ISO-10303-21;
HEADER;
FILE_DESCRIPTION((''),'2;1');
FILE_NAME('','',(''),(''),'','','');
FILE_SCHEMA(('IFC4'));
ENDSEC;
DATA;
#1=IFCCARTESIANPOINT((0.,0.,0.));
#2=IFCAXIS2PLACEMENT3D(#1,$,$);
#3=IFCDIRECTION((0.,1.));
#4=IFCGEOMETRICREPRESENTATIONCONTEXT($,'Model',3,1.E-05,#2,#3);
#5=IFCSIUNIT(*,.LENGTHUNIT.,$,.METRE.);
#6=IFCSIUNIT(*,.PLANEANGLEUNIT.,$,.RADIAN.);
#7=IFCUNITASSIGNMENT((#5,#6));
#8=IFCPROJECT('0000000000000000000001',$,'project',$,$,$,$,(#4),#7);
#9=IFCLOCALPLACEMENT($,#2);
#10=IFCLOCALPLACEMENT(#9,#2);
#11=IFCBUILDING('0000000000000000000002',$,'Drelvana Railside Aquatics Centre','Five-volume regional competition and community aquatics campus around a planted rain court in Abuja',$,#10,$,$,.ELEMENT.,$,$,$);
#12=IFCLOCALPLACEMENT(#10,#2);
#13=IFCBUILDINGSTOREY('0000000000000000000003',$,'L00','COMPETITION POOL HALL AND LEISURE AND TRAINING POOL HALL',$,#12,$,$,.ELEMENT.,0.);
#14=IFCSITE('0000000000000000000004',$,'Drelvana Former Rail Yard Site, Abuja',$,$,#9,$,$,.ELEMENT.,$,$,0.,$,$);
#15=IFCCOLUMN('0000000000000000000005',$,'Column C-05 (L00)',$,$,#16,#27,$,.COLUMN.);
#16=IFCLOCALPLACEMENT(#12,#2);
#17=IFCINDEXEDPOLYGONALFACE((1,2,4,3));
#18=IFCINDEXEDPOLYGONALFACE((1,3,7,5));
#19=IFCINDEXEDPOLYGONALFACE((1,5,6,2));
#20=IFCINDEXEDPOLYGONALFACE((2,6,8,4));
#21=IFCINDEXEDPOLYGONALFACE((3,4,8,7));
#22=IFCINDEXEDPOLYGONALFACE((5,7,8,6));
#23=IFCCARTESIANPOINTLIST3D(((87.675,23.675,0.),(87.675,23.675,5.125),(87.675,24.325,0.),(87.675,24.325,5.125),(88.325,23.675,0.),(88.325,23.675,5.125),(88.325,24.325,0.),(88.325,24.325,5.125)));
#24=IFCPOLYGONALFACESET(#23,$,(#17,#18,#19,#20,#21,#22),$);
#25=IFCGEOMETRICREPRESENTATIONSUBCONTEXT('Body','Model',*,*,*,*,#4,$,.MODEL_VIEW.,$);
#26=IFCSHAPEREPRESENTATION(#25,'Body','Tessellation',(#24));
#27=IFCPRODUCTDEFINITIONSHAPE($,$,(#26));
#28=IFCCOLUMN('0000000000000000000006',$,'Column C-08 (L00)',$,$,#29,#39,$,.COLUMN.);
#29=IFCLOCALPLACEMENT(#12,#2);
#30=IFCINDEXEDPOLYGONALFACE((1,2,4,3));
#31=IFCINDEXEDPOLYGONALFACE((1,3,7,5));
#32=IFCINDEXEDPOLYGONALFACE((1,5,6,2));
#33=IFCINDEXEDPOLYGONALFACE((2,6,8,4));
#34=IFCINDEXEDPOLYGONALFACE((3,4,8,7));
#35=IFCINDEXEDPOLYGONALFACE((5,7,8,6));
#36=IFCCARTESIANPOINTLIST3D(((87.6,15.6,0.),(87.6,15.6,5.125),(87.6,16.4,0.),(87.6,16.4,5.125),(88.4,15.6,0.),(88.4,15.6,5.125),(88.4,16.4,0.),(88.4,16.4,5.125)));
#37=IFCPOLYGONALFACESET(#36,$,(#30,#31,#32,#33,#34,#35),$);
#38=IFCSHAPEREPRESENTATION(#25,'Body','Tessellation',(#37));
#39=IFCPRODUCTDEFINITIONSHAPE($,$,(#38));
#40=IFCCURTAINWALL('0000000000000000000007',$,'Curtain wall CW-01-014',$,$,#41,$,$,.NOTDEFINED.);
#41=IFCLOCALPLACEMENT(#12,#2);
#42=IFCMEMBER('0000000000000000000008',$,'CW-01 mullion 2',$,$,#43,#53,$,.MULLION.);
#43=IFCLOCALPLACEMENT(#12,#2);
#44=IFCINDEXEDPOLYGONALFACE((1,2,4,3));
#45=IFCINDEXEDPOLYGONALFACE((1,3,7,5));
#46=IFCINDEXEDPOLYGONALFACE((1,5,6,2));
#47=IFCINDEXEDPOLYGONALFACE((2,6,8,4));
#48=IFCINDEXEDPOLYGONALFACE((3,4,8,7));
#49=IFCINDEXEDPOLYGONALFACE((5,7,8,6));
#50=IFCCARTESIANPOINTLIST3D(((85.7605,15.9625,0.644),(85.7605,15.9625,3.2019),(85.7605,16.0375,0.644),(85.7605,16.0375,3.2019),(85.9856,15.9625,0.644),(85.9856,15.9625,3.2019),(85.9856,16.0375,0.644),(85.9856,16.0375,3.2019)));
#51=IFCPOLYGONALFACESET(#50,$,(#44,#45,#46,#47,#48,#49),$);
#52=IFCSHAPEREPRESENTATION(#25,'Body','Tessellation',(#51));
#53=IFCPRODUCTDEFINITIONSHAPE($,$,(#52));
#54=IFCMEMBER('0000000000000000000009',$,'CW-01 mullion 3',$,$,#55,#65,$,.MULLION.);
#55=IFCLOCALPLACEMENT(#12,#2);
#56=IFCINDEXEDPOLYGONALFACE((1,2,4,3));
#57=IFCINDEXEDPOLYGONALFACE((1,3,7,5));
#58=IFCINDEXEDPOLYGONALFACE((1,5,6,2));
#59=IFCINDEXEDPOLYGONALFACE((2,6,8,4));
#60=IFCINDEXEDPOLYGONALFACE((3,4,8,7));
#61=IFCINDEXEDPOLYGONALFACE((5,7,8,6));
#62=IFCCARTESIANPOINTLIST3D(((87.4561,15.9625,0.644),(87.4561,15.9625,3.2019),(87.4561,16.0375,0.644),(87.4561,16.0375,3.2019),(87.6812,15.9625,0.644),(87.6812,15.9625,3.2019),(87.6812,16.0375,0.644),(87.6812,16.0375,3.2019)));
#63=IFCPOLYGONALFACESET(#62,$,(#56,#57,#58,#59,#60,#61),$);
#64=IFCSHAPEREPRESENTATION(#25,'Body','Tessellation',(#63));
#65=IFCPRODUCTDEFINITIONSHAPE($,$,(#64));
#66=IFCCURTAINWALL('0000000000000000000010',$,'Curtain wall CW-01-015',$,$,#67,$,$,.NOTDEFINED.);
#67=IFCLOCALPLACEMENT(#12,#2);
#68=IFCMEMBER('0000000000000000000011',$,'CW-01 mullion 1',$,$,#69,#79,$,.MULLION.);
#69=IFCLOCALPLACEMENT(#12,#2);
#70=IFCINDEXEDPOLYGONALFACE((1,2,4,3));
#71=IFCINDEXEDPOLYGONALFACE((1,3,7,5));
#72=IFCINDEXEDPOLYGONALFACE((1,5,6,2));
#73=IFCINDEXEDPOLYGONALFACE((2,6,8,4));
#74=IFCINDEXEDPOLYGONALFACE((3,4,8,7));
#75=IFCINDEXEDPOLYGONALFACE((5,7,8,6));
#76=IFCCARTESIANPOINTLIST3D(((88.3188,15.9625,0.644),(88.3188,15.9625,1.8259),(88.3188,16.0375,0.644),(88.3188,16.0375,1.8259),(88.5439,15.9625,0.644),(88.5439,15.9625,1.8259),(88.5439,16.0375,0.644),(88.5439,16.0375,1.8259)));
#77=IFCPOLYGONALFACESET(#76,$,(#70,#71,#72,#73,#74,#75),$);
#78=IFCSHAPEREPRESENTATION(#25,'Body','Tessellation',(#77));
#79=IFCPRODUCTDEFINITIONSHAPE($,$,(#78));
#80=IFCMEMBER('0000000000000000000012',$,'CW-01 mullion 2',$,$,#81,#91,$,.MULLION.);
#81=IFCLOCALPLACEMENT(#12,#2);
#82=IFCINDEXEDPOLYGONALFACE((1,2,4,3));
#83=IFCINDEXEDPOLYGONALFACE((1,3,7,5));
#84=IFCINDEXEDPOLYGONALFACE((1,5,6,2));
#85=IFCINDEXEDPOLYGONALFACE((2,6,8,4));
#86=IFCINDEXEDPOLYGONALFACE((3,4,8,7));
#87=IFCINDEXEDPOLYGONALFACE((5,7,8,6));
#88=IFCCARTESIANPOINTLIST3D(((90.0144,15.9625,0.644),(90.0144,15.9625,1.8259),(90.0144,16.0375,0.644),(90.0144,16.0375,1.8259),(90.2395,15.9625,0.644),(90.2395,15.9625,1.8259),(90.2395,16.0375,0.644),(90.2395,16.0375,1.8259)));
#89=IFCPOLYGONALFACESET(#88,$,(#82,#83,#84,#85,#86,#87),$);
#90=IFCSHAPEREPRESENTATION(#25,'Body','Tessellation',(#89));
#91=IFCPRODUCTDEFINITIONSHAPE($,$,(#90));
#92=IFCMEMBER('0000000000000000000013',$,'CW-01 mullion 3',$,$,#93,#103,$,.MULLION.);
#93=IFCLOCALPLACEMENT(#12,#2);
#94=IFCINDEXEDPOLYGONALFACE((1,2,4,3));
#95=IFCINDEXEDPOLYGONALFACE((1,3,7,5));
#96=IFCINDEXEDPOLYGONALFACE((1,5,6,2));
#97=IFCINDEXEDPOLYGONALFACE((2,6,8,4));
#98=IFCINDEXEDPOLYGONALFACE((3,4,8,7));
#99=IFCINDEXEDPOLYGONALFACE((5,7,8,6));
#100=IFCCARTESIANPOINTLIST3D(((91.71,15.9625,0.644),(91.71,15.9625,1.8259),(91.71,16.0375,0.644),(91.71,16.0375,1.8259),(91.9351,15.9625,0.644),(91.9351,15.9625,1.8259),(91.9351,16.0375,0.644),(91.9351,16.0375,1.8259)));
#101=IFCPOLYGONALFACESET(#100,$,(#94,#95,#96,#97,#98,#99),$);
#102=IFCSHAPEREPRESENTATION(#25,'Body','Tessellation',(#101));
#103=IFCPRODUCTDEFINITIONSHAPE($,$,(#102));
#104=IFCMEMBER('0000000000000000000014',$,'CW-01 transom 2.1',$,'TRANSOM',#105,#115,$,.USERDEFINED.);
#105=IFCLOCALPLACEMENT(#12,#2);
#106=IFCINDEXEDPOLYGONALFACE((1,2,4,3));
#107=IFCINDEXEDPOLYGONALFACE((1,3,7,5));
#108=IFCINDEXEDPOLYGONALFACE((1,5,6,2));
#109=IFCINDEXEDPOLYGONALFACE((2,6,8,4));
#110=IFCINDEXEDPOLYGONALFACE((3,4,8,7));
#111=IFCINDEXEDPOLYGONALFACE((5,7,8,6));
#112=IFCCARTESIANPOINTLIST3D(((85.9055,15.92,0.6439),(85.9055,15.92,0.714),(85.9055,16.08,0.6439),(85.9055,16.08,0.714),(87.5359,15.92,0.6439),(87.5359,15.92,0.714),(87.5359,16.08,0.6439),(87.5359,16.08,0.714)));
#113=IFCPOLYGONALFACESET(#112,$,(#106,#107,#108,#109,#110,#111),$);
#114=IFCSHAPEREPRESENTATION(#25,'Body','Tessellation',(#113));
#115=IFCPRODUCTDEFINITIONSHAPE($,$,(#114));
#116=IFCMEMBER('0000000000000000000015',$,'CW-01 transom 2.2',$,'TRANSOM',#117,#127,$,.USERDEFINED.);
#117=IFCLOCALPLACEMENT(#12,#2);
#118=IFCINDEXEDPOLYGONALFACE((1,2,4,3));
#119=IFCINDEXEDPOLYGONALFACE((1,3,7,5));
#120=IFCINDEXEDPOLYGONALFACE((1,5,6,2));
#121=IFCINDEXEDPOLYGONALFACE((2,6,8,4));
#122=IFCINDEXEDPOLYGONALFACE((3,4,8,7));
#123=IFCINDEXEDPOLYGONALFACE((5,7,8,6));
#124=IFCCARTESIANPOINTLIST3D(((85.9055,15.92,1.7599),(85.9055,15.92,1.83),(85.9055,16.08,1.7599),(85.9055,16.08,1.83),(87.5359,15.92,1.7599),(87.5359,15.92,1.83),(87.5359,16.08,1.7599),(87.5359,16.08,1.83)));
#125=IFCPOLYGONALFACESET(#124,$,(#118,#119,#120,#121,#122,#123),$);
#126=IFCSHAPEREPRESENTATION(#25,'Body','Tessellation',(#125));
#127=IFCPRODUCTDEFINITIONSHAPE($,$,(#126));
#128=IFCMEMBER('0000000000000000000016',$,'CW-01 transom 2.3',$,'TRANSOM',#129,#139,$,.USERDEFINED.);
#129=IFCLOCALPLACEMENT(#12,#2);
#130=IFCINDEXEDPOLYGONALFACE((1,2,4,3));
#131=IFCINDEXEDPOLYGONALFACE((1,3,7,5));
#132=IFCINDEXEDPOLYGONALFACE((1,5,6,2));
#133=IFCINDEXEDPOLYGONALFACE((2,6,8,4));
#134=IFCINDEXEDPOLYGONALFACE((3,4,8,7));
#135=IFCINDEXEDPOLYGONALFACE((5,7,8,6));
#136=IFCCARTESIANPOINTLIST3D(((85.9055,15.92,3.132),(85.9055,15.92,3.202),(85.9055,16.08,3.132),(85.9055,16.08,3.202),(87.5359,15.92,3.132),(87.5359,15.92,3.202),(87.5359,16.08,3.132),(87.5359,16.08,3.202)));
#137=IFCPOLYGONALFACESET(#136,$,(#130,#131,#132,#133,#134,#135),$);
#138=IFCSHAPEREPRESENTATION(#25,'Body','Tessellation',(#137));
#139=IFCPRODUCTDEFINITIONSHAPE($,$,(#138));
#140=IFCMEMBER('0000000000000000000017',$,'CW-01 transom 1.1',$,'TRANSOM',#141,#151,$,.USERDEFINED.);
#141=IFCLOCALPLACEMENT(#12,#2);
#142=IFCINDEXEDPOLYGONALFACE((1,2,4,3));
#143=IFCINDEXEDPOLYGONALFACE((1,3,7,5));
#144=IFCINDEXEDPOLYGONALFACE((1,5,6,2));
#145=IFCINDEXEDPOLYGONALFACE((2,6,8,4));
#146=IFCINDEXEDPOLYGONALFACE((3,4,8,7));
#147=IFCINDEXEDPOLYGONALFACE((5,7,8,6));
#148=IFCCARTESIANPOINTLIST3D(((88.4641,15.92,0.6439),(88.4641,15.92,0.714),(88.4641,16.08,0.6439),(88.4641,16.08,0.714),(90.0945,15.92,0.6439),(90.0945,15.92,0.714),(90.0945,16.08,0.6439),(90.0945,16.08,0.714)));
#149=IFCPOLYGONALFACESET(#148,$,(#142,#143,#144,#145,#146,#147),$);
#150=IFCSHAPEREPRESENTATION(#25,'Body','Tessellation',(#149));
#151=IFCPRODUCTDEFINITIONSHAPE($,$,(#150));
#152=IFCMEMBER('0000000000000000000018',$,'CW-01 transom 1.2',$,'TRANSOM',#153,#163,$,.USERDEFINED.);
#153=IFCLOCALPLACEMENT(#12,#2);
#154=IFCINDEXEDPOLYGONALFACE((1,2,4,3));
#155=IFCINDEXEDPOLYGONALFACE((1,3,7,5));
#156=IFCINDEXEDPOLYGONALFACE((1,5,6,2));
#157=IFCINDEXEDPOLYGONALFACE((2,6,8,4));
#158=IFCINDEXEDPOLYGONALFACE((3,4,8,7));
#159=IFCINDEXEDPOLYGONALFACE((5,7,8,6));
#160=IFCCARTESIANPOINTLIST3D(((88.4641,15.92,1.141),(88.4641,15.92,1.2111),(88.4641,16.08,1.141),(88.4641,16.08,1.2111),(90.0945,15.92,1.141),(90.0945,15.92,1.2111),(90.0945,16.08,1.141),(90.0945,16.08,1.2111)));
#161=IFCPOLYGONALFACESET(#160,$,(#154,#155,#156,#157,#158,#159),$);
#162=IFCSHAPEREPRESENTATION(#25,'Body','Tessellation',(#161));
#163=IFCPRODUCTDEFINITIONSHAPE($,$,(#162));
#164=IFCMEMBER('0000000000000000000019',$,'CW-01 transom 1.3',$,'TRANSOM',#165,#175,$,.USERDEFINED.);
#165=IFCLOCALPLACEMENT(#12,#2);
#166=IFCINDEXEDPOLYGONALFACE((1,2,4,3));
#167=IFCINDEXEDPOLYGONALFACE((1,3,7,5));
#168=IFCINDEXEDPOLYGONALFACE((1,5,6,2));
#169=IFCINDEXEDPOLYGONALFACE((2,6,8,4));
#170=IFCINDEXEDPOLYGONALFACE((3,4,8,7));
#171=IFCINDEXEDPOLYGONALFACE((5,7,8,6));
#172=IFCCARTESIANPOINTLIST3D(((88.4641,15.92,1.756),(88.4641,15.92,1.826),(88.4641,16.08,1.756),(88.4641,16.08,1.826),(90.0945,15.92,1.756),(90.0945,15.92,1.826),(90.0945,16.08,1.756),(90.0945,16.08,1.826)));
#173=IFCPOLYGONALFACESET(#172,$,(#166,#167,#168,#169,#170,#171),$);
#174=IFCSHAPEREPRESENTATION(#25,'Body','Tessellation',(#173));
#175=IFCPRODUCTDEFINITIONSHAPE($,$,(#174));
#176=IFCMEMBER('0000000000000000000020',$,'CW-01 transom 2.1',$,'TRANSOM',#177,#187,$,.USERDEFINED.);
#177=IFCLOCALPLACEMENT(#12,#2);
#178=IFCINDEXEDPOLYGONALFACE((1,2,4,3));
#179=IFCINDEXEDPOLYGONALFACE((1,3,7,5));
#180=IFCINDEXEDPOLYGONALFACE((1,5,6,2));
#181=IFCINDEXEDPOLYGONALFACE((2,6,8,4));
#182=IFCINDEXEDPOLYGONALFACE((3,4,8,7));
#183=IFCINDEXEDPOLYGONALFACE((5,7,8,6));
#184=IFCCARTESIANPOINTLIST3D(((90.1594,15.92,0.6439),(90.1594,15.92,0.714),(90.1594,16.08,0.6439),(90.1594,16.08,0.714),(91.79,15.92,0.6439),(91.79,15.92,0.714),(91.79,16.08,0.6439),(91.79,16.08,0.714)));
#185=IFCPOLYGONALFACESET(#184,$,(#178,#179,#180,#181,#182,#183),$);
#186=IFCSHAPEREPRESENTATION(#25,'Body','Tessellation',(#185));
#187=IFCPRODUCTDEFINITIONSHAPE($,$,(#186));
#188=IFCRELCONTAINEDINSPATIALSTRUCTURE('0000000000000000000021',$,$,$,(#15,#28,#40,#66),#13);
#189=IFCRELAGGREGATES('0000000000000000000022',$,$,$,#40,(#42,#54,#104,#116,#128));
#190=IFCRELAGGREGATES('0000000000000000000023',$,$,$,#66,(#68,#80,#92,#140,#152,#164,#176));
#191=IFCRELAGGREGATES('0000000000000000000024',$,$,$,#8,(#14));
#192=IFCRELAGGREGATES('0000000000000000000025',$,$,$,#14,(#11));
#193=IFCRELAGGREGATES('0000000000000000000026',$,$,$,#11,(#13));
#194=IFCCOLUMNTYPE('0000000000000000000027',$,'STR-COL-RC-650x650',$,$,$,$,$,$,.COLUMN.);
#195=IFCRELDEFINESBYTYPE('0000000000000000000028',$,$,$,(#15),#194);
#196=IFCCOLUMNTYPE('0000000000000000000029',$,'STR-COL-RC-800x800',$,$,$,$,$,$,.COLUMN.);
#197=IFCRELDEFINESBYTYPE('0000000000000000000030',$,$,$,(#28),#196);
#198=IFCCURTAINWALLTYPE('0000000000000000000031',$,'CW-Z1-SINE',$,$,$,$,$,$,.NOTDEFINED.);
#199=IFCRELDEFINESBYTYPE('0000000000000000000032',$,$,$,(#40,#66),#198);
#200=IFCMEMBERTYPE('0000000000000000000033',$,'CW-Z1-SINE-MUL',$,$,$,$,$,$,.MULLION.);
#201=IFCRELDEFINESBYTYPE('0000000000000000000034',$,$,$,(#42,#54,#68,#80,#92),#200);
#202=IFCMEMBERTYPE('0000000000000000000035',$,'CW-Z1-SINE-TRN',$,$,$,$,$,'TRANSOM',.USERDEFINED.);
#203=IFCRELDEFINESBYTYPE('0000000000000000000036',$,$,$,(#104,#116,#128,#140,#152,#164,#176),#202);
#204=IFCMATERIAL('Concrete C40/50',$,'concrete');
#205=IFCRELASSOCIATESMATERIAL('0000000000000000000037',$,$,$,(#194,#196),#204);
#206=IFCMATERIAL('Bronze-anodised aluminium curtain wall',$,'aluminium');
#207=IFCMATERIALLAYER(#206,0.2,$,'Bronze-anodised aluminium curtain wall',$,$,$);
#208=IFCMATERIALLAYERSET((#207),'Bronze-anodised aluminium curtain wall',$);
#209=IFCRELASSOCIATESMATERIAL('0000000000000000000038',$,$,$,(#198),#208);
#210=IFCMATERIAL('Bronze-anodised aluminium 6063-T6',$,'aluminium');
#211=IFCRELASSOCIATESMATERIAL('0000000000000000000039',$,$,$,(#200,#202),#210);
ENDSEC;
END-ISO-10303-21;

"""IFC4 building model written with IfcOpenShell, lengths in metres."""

from ifc_helpers import new_model, si_unit, direction, frame, origin, origin_2d, place, context, subcontext, project, spatial, rectangle, extrude, material, layer, layer_set, material_profile, profile_set, type_object, element, aggregate, save


model = new_model("IFC4")

# Units and contexts
model_context = context("Model", 3, precision=1e-05, world=origin(), true_north=direction((0.0, 1.0)))
body_context = subcontext(model_context, "Body", "Model", "MODEL_VIEW")
ifc_project = project(units=[si_unit("LENGTHUNIT", "METRE"), si_unit("PLANEANGLEUNIT", "RADIAN")], contexts=[model_context])

# Site, building, storey
site_placement = place(None, origin())
site = spatial("IfcSite", under=ifc_project, at=site_placement, Name="Drelvana Former Rail Yard Site, Abuja", CompositionType="ELEMENT", RefElevation=0.0)
building_placement = place(site_placement, origin())
building = spatial("IfcBuilding", under=site, at=building_placement, Name="Drelvana Railside Aquatics Centre", Description="Five-volume regional competition and community aquatics campus around a planted rain court in Abuja", CompositionType="ELEMENT")
storey_placement = place(building_placement, origin())
storey = spatial("IfcBuildingStorey", under=building, at=storey_placement, Name="L00", Description="COMPETITION POOL HALL AND LEISURE AND TRAINING POOL HALL", CompositionType="ELEMENT", Elevation=0.0)

# Columns
ifc_material_1 = material(Name="Concrete C40/50", Category="concrete")
ifc_material_profile_1 = material_profile(ifc_material_1, rectangle(XDim=0.6499, YDim=0.6499, at=origin_2d()), Name="RC 650x650")
ifc_profile_set_1 = profile_set([ifc_material_profile_1], Name="Concrete C40/50")
column_type_1 = type_object("IfcColumnType", Name="STR-COL-RC-650x650", PredefinedType="COLUMN", material=ifc_profile_set_1)
column_1_placement = place(storey_placement, frame((88.0, 24.0, 0.0), z_axis=(0.0, 0.0, 1.0), x_axis=(1.0, 0.0, 0.0)))
element("IfcColumn", 1, at=column_1_placement, inside=storey, type_object=column_type_1, Name="Column C-05 (L00)", PredefinedType="COLUMN", context=body_context, shape_type="SweptSolid", body=[
    extrude(rectangle(XDim=0.6499, YDim=0.6499, at=origin_2d()), origin(), (0.0, 0.0, 1.0), 5.125),
])
ifc_material_profile_2 = material_profile(ifc_material_1, rectangle(XDim=0.8, YDim=0.8, at=origin_2d()), Name="RC 800x800")
ifc_profile_set_2 = profile_set([ifc_material_profile_2], Name="Concrete C40/50")
column_type_2 = type_object("IfcColumnType", Name="STR-COL-RC-800x800", PredefinedType="COLUMN", material=ifc_profile_set_2)
column_2_placement = place(storey_placement, frame((88.0, 16.0, 0.0), z_axis=(0.0, 0.0, 1.0), x_axis=(1.0, 0.0, 0.0)))
element("IfcColumn", 2, at=column_2_placement, inside=storey, type_object=column_type_2, Name="Column C-08 (L00)", PredefinedType="COLUMN", context=body_context, shape_type="SweptSolid", body=[
    extrude(rectangle(XDim=0.8, YDim=0.8, at=origin_2d()), origin(), (0.0, 0.0, 1.0), 5.125),
])

# Curtain walls, members
ifc_material_2 = material(Name="Bronze-anodised aluminium curtain wall", Category="aluminium")
ifc_layer_1 = layer(ifc_material_2, 0.2, Name="Bronze-anodised aluminium curtain wall")
ifc_layer_set_1 = layer_set([ifc_layer_1], Name="Bronze-anodised aluminium curtain wall")
curtain_wall_type = type_object("IfcCurtainWallType", Name="CW-Z1-SINE", PredefinedType="NOTDEFINED", material=ifc_layer_set_1)
curtain_wall_1_placement = place(storey_placement, origin())
curtain_wall_1 = element("IfcCurtainWall", 3, at=curtain_wall_1_placement, inside=storey, type_object=curtain_wall_type, Name="Curtain wall CW-01-014", PredefinedType="NOTDEFINED")
ifc_material_3 = material(Name="Bronze-anodised aluminium 6063-T6", Category="aluminium")
ifc_material_profile_3 = material_profile(ifc_material_3, rectangle(XDim=0.075, YDim=0.2251, at=origin_2d()), Name="ALU-M 75x225")
ifc_profile_set_3 = profile_set([ifc_material_profile_3], Name="Bronze-anodised aluminium 6063-T6")
member_type_1 = type_object("IfcMemberType", Name="CW-Z1-SINE-MUL", PredefinedType="MULLION", material=ifc_profile_set_3)
member_1_placement = place(storey_placement, frame((85.873, 16.0, 0.644), z_axis=(0.0, 0.0, 1.0), x_axis=(0.0, 1.0, 0.0)))
member_1 = element("IfcMember", 4, at=member_1_placement, type_object=member_type_1, Name="CW-01 mullion 2", PredefinedType="MULLION", context=body_context, shape_type="SweptSolid", body=[
    extrude(rectangle(XDim=0.075, YDim=0.2251, at=origin_2d()), origin(), (0.0, 0.0, 1.0), 2.5579),
])
member_2_placement = place(storey_placement, frame((87.5686, 16.0, 0.644), z_axis=(0.0, 0.0, 1.0), x_axis=(0.0, 1.0, 0.0)))
member_2 = element("IfcMember", 5, at=member_2_placement, type_object=member_type_1, Name="CW-01 mullion 3", PredefinedType="MULLION", context=body_context, shape_type="SweptSolid", body=[
    extrude(rectangle(XDim=0.075, YDim=0.2251, at=origin_2d()), origin(), (0.0, 0.0, 1.0), 2.5579),
])
curtain_wall_2_placement = place(storey_placement, origin())
curtain_wall_2 = element("IfcCurtainWall", 6, at=curtain_wall_2_placement, inside=storey, type_object=curtain_wall_type, Name="Curtain wall CW-01-015", PredefinedType="NOTDEFINED")
member_3_placement = place(storey_placement, frame((88.4314, 16.0, 0.644), z_axis=(0.0, 0.0, 1.0), x_axis=(0.0, 1.0, 0.0)))
member_3 = element("IfcMember", 7, at=member_3_placement, type_object=member_type_1, Name="CW-01 mullion 1", PredefinedType="MULLION", context=body_context, shape_type="SweptSolid", body=[
    extrude(rectangle(XDim=0.075, YDim=0.2251, at=origin_2d()), origin(), (0.0, 0.0, 1.0), 1.1819),
])
member_4_placement = place(storey_placement, frame((90.127, 16.0, 0.644), z_axis=(0.0, 0.0, 1.0), x_axis=(0.0, 1.0, 0.0)))
member_4 = element("IfcMember", 8, at=member_4_placement, type_object=member_type_1, Name="CW-01 mullion 2", PredefinedType="MULLION", context=body_context, shape_type="SweptSolid", body=[
    extrude(rectangle(XDim=0.075, YDim=0.2251, at=origin_2d()), origin(), (0.0, 0.0, 1.0), 1.1819),
])
member_5_placement = place(storey_placement, frame((91.8225, 16.0, 0.644), z_axis=(0.0, 0.0, 1.0), x_axis=(0.0, 1.0, 0.0)))
member_5 = element("IfcMember", 9, at=member_5_placement, type_object=member_type_1, Name="CW-01 mullion 3", PredefinedType="MULLION", context=body_context, shape_type="SweptSolid", body=[
    extrude(rectangle(XDim=0.075, YDim=0.2251, at=origin_2d()), origin(), (0.0, 0.0, 1.0), 1.1819),
])

# Members
ifc_material_profile_4 = material_profile(ifc_material_3, rectangle(XDim=0.1599, YDim=0.0701, at=origin_2d()), Name="ALU-T 70x160")
ifc_profile_set_4 = profile_set([ifc_material_profile_4], Name="Bronze-anodised aluminium 6063-T6")
member_type_2 = type_object("IfcMemberType", Name="CW-Z1-SINE-TRN", ElementType="TRANSOM", PredefinedType="USERDEFINED", material=ifc_profile_set_4)
member_6_placement = place(storey_placement, frame((85.9055, 16.0, 0.679), z_axis=(1.0, 0.0, 0.0), x_axis=(0.0, 1.0, 0.0)))
member_6 = element("IfcMember", 10, at=member_6_placement, type_object=member_type_2, Name="CW-01 transom 2.1", ObjectType="TRANSOM", PredefinedType="USERDEFINED", context=body_context, shape_type="SweptSolid", body=[
    extrude(rectangle(XDim=0.1599, YDim=0.0701, at=origin_2d()), origin(), (0.0, 0.0, 1.0), 1.6304),
])
member_7_placement = place(storey_placement, frame((85.9055, 16.0, 1.7949), z_axis=(1.0, 0.0, 0.0), x_axis=(0.0, 1.0, 0.0)))
member_7 = element("IfcMember", 11, at=member_7_placement, type_object=member_type_2, Name="CW-01 transom 2.2", ObjectType="TRANSOM", PredefinedType="USERDEFINED", context=body_context, shape_type="SweptSolid", body=[
    extrude(rectangle(XDim=0.1599, YDim=0.0701, at=origin_2d()), origin(), (0.0, 0.0, 1.0), 1.6304),
])
member_8_placement = place(storey_placement, frame((85.9055, 16.0, 3.167), z_axis=(1.0, 0.0, 0.0), x_axis=(0.0, 1.0, 0.0)))
member_8 = element("IfcMember", 12, at=member_8_placement, type_object=member_type_2, Name="CW-01 transom 2.3", ObjectType="TRANSOM", PredefinedType="USERDEFINED", context=body_context, shape_type="SweptSolid", body=[
    extrude(rectangle(XDim=0.1599, YDim=0.0701, at=origin_2d()), origin(), (0.0, 0.0, 1.0), 1.6304),
])
member_9_placement = place(storey_placement, frame((88.4641, 16.0, 0.679), z_axis=(1.0, 0.0, 0.0), x_axis=(0.0, 1.0, 0.0)))
member_9 = element("IfcMember", 13, at=member_9_placement, type_object=member_type_2, Name="CW-01 transom 1.1", ObjectType="TRANSOM", PredefinedType="USERDEFINED", context=body_context, shape_type="SweptSolid", body=[
    extrude(rectangle(XDim=0.1599, YDim=0.0701, at=origin_2d()), origin(), (0.0, 0.0, 1.0), 1.6304),
])
member_10_placement = place(storey_placement, frame((88.4641, 16.0, 1.176), z_axis=(1.0, 0.0, 0.0), x_axis=(0.0, 1.0, 0.0)))
member_10 = element("IfcMember", 14, at=member_10_placement, type_object=member_type_2, Name="CW-01 transom 1.2", ObjectType="TRANSOM", PredefinedType="USERDEFINED", context=body_context, shape_type="SweptSolid", body=[
    extrude(rectangle(XDim=0.1599, YDim=0.0701, at=origin_2d()), origin(), (0.0, 0.0, 1.0), 1.6304),
])
member_11_placement = place(storey_placement, frame((88.4641, 16.0, 1.791), z_axis=(1.0, 0.0, 0.0), x_axis=(0.0, 1.0, 0.0)))
member_11 = element("IfcMember", 15, at=member_11_placement, type_object=member_type_2, Name="CW-01 transom 1.3", ObjectType="TRANSOM", PredefinedType="USERDEFINED", context=body_context, shape_type="SweptSolid", body=[
    extrude(rectangle(XDim=0.1599, YDim=0.0701, at=origin_2d()), origin(), (0.0, 0.0, 1.0), 1.6304),
])
member_12_placement = place(storey_placement, frame((90.1594, 16.0, 0.679), z_axis=(1.0, 0.0, 0.0), x_axis=(0.0, 1.0, 0.0)))
member_12 = element("IfcMember", 16, at=member_12_placement, type_object=member_type_2, Name="CW-01 transom 2.1", ObjectType="TRANSOM", PredefinedType="USERDEFINED", context=body_context, shape_type="SweptSolid", body=[
    extrude(rectangle(XDim=0.1599, YDim=0.0701, at=origin_2d()), origin(), (0.0, 0.0, 1.0), 1.6306),
])

aggregate(curtain_wall_1, [member_1, member_2, member_6, member_7, member_8])
aggregate(curtain_wall_2, [member_3, member_4, member_5, member_9, member_10, member_11, member_12])

save(model, "model.ifc")
